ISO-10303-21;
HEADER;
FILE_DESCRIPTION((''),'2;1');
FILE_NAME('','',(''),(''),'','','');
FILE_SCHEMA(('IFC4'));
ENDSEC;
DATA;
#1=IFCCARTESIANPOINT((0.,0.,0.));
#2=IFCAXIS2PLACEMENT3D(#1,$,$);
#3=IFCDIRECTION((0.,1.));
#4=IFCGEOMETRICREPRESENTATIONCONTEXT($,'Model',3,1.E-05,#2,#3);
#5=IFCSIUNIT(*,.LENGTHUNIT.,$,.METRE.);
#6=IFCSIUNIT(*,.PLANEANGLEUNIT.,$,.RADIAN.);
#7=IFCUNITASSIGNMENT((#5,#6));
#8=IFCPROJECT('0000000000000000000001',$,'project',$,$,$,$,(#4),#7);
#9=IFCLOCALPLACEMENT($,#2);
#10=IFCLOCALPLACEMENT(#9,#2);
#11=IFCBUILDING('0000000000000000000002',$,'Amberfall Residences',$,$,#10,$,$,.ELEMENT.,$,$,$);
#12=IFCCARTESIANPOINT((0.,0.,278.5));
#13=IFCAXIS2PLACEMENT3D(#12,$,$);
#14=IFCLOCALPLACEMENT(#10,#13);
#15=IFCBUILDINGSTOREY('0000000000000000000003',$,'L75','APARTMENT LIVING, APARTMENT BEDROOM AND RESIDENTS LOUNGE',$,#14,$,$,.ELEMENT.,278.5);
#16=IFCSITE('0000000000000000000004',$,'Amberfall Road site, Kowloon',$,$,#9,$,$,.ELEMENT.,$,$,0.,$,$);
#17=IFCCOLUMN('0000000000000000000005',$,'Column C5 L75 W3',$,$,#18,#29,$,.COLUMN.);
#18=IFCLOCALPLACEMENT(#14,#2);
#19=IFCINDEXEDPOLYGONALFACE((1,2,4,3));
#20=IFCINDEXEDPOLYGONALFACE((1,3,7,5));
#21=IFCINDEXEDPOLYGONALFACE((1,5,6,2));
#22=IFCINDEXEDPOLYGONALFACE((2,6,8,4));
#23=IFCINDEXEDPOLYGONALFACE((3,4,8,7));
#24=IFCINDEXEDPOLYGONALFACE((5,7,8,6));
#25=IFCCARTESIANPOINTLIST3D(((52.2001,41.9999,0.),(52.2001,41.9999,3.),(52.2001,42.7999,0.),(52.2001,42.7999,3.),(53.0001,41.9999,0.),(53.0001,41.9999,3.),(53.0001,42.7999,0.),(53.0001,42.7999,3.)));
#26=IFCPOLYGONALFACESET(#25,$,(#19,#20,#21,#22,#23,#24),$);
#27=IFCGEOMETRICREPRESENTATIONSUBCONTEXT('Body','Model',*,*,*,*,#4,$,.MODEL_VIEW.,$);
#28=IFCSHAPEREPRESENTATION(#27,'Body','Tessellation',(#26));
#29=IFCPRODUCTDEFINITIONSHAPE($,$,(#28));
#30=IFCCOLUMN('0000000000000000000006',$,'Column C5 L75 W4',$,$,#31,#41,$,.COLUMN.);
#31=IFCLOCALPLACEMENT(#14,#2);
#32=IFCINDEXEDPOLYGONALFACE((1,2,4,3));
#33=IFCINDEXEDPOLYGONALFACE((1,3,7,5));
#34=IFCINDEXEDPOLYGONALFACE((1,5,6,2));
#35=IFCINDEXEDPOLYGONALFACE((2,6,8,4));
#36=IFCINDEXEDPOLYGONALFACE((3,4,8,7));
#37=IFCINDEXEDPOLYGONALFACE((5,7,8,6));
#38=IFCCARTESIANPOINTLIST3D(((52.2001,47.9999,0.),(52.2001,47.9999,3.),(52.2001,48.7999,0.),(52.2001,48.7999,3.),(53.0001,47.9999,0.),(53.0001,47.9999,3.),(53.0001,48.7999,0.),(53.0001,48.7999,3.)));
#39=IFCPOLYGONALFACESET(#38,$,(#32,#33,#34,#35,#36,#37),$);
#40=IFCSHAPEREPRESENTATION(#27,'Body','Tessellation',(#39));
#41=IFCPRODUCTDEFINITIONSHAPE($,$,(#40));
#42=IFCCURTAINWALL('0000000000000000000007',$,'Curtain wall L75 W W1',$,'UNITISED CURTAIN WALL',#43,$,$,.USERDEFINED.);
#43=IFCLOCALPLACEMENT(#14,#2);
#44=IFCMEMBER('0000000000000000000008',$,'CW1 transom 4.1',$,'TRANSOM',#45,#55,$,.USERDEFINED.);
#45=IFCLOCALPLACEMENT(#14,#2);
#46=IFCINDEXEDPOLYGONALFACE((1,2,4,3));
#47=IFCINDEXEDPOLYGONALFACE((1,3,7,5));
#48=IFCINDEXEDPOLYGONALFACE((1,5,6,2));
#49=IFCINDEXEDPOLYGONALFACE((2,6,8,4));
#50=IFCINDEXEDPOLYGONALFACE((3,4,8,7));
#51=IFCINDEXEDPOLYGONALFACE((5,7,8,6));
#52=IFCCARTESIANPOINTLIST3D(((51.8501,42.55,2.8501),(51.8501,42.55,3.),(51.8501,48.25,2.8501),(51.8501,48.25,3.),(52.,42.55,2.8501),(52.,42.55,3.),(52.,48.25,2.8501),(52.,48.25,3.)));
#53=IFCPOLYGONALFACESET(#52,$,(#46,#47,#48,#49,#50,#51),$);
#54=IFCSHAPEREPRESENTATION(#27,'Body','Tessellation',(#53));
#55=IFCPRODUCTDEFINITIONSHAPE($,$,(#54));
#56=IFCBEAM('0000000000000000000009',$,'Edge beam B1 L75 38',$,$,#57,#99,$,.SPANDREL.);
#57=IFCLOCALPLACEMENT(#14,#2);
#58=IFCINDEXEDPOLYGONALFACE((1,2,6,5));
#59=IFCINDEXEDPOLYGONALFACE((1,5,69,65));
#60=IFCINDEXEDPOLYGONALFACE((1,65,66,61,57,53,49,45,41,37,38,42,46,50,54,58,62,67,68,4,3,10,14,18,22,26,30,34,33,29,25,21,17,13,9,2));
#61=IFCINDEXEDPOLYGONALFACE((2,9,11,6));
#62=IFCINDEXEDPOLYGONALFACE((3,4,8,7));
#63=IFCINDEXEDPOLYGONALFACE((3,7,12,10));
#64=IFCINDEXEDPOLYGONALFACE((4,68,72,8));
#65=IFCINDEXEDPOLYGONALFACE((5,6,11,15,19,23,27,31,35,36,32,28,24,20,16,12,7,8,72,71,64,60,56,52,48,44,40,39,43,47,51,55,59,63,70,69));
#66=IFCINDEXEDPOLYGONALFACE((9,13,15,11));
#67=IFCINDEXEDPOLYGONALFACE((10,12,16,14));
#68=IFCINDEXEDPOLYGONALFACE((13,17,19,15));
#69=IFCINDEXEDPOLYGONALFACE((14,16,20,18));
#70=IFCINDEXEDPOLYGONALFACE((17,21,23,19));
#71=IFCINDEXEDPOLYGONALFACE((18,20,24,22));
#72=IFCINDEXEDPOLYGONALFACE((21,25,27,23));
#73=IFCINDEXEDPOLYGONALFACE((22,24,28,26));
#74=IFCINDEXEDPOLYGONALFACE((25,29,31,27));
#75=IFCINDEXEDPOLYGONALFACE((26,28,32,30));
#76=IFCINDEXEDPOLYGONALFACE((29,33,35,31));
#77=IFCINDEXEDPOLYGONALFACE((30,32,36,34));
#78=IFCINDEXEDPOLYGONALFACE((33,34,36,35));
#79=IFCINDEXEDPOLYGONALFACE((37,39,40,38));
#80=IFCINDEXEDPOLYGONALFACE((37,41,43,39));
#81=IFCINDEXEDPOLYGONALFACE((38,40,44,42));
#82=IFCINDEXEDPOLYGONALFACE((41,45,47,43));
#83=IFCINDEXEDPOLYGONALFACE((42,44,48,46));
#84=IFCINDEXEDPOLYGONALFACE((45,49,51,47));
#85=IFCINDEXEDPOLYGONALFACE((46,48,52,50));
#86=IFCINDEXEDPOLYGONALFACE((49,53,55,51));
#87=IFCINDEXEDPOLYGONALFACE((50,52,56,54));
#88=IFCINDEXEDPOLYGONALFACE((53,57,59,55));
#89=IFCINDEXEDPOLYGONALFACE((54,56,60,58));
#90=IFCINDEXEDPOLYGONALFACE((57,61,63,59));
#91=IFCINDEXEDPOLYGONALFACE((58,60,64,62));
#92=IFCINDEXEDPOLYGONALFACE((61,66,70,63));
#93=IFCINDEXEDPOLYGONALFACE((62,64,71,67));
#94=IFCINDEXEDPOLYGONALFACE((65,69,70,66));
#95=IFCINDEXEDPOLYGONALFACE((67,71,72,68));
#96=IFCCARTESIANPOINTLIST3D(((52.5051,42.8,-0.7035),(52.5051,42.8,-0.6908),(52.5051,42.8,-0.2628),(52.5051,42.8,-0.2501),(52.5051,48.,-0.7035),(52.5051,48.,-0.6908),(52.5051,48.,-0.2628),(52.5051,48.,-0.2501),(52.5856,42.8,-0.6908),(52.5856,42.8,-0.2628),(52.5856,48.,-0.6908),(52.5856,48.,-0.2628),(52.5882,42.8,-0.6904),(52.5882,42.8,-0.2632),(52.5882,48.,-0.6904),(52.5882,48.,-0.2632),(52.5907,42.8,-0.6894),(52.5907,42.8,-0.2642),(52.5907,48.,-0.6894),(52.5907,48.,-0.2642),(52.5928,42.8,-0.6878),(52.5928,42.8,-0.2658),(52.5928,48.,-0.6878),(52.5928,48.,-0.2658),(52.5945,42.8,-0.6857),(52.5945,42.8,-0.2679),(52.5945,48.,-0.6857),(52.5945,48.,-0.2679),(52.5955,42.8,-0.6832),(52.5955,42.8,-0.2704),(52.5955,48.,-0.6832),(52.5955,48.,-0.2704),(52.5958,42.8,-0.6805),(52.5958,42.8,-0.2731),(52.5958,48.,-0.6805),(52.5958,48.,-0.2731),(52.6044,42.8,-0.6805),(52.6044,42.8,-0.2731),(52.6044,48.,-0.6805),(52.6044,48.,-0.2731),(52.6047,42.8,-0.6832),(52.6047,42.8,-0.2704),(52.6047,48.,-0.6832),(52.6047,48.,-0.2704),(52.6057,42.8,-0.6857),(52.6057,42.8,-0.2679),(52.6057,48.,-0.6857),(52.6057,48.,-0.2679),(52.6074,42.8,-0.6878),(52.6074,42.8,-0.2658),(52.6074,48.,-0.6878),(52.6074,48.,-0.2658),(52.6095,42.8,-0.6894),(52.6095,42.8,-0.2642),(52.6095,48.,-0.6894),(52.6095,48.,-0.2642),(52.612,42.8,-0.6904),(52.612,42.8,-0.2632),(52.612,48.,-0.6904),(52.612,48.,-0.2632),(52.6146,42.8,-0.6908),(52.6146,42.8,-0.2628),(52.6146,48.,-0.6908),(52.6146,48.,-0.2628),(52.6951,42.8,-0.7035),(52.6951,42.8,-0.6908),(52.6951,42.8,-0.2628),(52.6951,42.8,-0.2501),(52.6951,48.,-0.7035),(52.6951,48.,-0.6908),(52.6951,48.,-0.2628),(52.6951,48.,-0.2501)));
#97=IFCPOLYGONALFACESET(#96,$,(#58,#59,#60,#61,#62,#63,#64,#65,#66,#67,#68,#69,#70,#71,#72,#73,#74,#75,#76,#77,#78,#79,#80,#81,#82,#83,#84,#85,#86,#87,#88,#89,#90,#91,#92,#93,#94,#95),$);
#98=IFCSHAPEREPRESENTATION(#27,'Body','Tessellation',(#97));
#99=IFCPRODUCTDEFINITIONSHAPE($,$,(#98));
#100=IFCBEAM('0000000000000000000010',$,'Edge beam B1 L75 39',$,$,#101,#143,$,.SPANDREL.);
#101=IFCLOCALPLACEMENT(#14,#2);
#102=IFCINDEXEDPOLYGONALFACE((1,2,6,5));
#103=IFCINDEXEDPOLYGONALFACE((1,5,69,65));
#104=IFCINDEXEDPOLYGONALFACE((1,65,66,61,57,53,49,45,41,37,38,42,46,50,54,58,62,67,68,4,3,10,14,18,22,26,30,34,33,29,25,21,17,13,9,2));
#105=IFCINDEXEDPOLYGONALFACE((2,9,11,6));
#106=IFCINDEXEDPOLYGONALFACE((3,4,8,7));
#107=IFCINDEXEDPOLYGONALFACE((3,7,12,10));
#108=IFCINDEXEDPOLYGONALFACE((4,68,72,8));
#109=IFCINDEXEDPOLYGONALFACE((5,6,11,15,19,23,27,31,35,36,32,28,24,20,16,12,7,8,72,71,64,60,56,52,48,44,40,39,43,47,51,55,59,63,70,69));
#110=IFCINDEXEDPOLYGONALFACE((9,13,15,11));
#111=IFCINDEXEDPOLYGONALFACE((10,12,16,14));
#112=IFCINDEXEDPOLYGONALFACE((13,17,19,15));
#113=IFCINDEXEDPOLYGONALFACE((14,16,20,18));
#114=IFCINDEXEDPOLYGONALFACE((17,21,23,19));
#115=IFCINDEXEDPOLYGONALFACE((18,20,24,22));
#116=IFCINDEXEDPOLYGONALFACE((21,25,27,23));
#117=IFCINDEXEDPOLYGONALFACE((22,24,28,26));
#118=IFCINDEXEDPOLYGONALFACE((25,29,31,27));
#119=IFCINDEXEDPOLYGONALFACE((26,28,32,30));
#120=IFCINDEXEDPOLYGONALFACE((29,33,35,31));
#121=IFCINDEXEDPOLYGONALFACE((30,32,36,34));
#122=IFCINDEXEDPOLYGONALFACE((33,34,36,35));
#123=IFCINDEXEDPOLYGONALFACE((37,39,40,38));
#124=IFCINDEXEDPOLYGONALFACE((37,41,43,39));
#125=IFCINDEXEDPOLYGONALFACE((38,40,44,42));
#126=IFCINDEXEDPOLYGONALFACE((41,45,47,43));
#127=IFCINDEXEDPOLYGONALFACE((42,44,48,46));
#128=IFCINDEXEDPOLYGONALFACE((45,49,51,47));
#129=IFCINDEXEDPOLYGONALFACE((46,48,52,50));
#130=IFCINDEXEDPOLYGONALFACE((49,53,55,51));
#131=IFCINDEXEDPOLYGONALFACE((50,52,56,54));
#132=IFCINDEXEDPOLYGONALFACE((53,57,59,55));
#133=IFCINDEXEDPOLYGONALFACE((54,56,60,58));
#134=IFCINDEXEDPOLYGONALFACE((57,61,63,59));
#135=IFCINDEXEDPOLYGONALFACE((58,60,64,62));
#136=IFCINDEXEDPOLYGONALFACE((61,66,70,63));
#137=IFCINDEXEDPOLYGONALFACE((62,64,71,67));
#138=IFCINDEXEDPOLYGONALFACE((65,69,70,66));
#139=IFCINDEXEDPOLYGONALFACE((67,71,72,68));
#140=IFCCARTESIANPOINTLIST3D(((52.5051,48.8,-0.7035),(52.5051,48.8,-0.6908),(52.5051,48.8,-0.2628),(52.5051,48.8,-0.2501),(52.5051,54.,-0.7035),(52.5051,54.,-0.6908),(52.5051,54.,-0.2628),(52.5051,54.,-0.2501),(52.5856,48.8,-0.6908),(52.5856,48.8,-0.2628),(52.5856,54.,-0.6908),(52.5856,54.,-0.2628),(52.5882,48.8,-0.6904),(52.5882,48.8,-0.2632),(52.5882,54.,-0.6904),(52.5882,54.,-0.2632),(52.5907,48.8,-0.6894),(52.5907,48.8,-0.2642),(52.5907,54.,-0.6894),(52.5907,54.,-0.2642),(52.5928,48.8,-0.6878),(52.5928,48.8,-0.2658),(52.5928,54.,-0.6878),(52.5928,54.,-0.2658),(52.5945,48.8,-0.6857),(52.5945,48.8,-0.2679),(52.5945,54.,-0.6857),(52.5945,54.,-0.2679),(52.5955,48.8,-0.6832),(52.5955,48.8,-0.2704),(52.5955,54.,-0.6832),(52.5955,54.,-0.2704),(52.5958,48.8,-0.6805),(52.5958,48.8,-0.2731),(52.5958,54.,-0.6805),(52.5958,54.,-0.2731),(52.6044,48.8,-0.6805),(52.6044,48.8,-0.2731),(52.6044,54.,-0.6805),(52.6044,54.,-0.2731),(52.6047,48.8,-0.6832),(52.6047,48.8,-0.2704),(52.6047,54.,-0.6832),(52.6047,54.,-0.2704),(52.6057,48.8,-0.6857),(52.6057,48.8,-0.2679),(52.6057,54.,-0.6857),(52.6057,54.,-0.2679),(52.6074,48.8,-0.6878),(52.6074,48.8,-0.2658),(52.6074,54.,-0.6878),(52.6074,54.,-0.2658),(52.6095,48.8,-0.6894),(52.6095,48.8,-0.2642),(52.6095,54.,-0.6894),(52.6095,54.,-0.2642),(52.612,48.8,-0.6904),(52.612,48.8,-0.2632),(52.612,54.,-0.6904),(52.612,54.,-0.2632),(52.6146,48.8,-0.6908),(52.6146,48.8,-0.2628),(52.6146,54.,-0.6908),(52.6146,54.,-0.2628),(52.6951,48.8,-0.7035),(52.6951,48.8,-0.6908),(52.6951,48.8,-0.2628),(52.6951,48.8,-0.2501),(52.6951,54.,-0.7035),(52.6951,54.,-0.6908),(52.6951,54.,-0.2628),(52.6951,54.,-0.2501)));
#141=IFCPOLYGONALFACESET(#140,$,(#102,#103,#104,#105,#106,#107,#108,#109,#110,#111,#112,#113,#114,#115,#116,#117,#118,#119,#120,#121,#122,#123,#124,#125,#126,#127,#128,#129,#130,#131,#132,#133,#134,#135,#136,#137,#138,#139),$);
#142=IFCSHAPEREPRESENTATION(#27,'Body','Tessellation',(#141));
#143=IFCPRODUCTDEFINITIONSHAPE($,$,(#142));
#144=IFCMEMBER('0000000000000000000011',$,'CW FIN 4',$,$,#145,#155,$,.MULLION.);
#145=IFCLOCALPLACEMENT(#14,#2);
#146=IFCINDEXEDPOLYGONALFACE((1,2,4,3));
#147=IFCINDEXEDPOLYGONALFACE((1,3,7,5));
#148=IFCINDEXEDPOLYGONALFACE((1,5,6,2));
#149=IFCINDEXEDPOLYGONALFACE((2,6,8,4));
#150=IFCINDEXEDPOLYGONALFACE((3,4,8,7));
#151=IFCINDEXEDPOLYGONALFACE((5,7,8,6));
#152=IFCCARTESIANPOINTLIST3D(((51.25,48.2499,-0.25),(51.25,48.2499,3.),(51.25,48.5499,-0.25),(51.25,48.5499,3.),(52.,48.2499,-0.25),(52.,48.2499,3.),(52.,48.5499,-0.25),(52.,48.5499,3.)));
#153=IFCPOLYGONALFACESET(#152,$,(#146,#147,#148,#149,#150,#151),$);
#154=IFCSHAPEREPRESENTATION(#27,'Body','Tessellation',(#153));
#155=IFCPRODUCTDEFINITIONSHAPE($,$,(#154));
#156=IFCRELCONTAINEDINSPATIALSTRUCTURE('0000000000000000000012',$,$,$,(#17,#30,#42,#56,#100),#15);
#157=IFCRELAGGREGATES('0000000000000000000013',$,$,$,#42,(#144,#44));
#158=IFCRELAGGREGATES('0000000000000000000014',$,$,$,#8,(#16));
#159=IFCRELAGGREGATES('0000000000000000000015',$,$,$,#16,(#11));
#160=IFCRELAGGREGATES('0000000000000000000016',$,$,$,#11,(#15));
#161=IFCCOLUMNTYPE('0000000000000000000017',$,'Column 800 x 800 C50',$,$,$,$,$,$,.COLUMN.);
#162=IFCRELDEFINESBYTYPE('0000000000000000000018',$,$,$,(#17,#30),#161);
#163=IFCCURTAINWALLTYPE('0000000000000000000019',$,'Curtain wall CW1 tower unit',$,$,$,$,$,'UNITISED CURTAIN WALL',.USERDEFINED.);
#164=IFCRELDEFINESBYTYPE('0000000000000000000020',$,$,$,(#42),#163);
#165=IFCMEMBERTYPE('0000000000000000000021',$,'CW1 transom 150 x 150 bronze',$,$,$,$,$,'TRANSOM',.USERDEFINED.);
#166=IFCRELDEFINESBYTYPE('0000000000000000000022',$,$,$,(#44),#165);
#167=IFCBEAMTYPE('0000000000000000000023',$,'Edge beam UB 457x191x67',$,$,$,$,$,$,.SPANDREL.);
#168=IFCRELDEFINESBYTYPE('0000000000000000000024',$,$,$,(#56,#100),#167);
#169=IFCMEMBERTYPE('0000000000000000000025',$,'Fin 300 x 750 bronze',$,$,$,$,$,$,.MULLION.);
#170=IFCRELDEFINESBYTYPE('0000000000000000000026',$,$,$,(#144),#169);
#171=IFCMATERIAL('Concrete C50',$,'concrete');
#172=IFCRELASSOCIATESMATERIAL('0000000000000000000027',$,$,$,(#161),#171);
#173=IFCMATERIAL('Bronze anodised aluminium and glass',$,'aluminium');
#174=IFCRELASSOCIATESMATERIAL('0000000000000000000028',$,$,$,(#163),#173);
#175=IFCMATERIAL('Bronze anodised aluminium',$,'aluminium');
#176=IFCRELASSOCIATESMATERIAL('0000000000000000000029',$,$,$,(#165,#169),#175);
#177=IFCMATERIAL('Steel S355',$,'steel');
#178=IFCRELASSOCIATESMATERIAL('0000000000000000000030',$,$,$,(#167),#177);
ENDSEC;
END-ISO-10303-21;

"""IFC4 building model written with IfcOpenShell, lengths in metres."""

from ifc_helpers import new_model, si_unit, direction, frame, origin, origin_2d, place, context, subcontext, project, spatial, rectangle, i_section, extrude, material, material_profile, profile_set, type_object, element, aggregate, save


model = new_model("IFC4")

# Units and contexts
model_context = context("Model", 3, precision=1e-05, world=origin(), true_north=direction((0.0, 1.0)))
body_context = subcontext(model_context, "Body", "Model", "MODEL_VIEW")
ifc_project = project(units=[si_unit("LENGTHUNIT", "METRE"), si_unit("PLANEANGLEUNIT", "RADIAN")], contexts=[model_context])

# Site, building, storey
site_placement = place(None, origin())
site = spatial("IfcSite", under=ifc_project, at=site_placement, Name="Amberfall Road site, Kowloon", CompositionType="ELEMENT", RefElevation=0.0)
building_placement = place(site_placement, origin())
building = spatial("IfcBuilding", under=site, at=building_placement, Name="Amberfall Residences", CompositionType="ELEMENT")
storey_placement = place(building_placement, frame((0.0, 0.0, 278.5)))
storey = spatial("IfcBuildingStorey", under=building, at=storey_placement, Name="L75", Description="APARTMENT LIVING, APARTMENT BEDROOM AND RESIDENTS LOUNGE", CompositionType="ELEMENT", Elevation=278.5)

# Columns
ifc_material_1 = material(Name="Concrete C50", Category="concrete")
ifc_material_profile_1 = material_profile(ifc_material_1, rectangle(XDim=0.8, YDim=0.8, at=origin_2d()), Name="Column 800 x 800 C50")
ifc_profile_set_1 = profile_set([ifc_material_profile_1], Name="Concrete C50")
column_type = type_object("IfcColumnType", Name="Column 800 x 800 C50", PredefinedType="COLUMN", material=ifc_profile_set_1)
for number, where, z_axis, x_axis, name in (
    (1, (52.6001, 42.3999, 0.0), (0.0, 0.0, 1.0), (1.0, 0.0, 0.0), "Column C5 L75 W3"),
    (2, (52.6001, 48.3999, 0.0), (0.0, 0.0, 1.0), (1.0, 0.0, 0.0), "Column C5 L75 W4"),
):
    element("IfcColumn", number, at=place(storey_placement, frame(where, z_axis=z_axis, x_axis=x_axis)), inside=storey, type_object=column_type, Name=name, PredefinedType="COLUMN", context=body_context, shape_type="SweptSolid", body=[
        extrude(rectangle(XDim=0.8, YDim=0.8, at=origin_2d()), origin(), (0.0, 0.0, 1.0), 3.0),
    ])

# Curtain wall, member
ifc_material_2 = material(Name="Bronze anodised aluminium and glass", Category="aluminium")
curtain_wall_type = type_object("IfcCurtainWallType", Name="Curtain wall CW1 tower unit", ElementType="UNITISED CURTAIN WALL", PredefinedType="USERDEFINED", material=ifc_material_2)
curtain_wall_placement = place(storey_placement, origin())
curtain_wall = element("IfcCurtainWall", 3, at=curtain_wall_placement, inside=storey, type_object=curtain_wall_type, Name="Curtain wall L75 W W1", ObjectType="UNITISED CURTAIN WALL", PredefinedType="USERDEFINED")
ifc_material_3 = material(Name="Bronze anodised aluminium", Category="aluminium")
ifc_material_profile_2 = material_profile(ifc_material_3, rectangle(XDim=0.1499, YDim=0.1499, at=origin_2d()), Name="CW1 transom 150 x 150 bronze")
ifc_profile_set_2 = profile_set([ifc_material_profile_2], Name="Bronze anodised aluminium")
member_type_1 = type_object("IfcMemberType", Name="CW1 transom 150 x 150 bronze", ElementType="TRANSOM", PredefinedType="USERDEFINED", material=ifc_profile_set_2)
member_1_placement = place(storey_placement, frame((51.925, 48.25, 2.925), z_axis=(0.0, -1.0, 0.0), x_axis=(1.0, 0.0, 0.0)))
member_1 = element("IfcMember", 4, at=member_1_placement, type_object=member_type_1, Name="CW1 transom 4.1", ObjectType="TRANSOM", PredefinedType="USERDEFINED", context=body_context, shape_type="SweptSolid", body=[
    extrude(rectangle(XDim=0.1499, YDim=0.1499, at=origin_2d()), origin(), (0.0, 0.0, 1.0), 5.7),
])

# Beams
ifc_material_4 = material(Name="Steel S355", Category="steel")
ifc_material_profile_3 = material_profile(ifc_material_4, i_section(OverallWidth=0.1899, OverallDepth=0.4534, WebThickness=0.0085, FlangeThickness=0.0127, FilletRadius=0.0103, at=origin_2d()), Name="UB 457x191x67")
ifc_profile_set_3 = profile_set([ifc_material_profile_3], Name="Steel S355")
beam_type_1 = type_object("IfcBeamType", Name="Edge beam UB 457x191x67", PredefinedType="SPANDREL", material=ifc_profile_set_3)
for number, where, z_axis, x_axis, name in (
    (5, (52.6001, 42.8, -0.4768), (0.0, 1.0, 0.0), (-1.0, 0.0, 0.0), "Edge beam B1 L75 38"),
    (6, (52.6001, 48.8, -0.4768), (0.0, 1.0, 0.0), (-1.0, 0.0, 0.0), "Edge beam B1 L75 39"),
):
    element("IfcBeam", number, at=place(storey_placement, frame(where, z_axis=z_axis, x_axis=x_axis)), inside=storey, type_object=beam_type_1, Name=name, PredefinedType="SPANDREL", context=body_context, shape_type="SweptSolid", body=[
        extrude(i_section(OverallWidth=0.1899, OverallDepth=0.4534, WebThickness=0.0085, FlangeThickness=0.0127, FilletRadius=0.0103, at=origin_2d()), origin(), (0.0, 0.0, 1.0), 5.2),
    ])

# Member
ifc_material_profile_4 = material_profile(ifc_material_3, rectangle(XDim=0.75, YDim=0.3, at=origin_2d()), Name="Fin 300 x 750 bronze")
ifc_profile_set_4 = profile_set([ifc_material_profile_4], Name="Bronze anodised aluminium")
member_type_2 = type_object("IfcMemberType", Name="Fin 300 x 750 bronze", PredefinedType="MULLION", material=ifc_profile_set_4)
member_2_placement = place(storey_placement, frame((51.625, 48.3999, -0.25), z_axis=(0.0, 0.0, 1.0), x_axis=(1.0, 0.0, 0.0)))
member_2 = element("IfcMember", 7, at=member_2_placement, type_object=member_type_2, Name="CW FIN 4", PredefinedType="MULLION", context=body_context, shape_type="SweptSolid", body=[
    extrude(rectangle(XDim=0.75, YDim=0.3, at=origin_2d()), origin(), (0.0, 0.0, 1.0), 3.25),
])

aggregate(curtain_wall, [member_2, member_1])

save(model, "model.ifc")
